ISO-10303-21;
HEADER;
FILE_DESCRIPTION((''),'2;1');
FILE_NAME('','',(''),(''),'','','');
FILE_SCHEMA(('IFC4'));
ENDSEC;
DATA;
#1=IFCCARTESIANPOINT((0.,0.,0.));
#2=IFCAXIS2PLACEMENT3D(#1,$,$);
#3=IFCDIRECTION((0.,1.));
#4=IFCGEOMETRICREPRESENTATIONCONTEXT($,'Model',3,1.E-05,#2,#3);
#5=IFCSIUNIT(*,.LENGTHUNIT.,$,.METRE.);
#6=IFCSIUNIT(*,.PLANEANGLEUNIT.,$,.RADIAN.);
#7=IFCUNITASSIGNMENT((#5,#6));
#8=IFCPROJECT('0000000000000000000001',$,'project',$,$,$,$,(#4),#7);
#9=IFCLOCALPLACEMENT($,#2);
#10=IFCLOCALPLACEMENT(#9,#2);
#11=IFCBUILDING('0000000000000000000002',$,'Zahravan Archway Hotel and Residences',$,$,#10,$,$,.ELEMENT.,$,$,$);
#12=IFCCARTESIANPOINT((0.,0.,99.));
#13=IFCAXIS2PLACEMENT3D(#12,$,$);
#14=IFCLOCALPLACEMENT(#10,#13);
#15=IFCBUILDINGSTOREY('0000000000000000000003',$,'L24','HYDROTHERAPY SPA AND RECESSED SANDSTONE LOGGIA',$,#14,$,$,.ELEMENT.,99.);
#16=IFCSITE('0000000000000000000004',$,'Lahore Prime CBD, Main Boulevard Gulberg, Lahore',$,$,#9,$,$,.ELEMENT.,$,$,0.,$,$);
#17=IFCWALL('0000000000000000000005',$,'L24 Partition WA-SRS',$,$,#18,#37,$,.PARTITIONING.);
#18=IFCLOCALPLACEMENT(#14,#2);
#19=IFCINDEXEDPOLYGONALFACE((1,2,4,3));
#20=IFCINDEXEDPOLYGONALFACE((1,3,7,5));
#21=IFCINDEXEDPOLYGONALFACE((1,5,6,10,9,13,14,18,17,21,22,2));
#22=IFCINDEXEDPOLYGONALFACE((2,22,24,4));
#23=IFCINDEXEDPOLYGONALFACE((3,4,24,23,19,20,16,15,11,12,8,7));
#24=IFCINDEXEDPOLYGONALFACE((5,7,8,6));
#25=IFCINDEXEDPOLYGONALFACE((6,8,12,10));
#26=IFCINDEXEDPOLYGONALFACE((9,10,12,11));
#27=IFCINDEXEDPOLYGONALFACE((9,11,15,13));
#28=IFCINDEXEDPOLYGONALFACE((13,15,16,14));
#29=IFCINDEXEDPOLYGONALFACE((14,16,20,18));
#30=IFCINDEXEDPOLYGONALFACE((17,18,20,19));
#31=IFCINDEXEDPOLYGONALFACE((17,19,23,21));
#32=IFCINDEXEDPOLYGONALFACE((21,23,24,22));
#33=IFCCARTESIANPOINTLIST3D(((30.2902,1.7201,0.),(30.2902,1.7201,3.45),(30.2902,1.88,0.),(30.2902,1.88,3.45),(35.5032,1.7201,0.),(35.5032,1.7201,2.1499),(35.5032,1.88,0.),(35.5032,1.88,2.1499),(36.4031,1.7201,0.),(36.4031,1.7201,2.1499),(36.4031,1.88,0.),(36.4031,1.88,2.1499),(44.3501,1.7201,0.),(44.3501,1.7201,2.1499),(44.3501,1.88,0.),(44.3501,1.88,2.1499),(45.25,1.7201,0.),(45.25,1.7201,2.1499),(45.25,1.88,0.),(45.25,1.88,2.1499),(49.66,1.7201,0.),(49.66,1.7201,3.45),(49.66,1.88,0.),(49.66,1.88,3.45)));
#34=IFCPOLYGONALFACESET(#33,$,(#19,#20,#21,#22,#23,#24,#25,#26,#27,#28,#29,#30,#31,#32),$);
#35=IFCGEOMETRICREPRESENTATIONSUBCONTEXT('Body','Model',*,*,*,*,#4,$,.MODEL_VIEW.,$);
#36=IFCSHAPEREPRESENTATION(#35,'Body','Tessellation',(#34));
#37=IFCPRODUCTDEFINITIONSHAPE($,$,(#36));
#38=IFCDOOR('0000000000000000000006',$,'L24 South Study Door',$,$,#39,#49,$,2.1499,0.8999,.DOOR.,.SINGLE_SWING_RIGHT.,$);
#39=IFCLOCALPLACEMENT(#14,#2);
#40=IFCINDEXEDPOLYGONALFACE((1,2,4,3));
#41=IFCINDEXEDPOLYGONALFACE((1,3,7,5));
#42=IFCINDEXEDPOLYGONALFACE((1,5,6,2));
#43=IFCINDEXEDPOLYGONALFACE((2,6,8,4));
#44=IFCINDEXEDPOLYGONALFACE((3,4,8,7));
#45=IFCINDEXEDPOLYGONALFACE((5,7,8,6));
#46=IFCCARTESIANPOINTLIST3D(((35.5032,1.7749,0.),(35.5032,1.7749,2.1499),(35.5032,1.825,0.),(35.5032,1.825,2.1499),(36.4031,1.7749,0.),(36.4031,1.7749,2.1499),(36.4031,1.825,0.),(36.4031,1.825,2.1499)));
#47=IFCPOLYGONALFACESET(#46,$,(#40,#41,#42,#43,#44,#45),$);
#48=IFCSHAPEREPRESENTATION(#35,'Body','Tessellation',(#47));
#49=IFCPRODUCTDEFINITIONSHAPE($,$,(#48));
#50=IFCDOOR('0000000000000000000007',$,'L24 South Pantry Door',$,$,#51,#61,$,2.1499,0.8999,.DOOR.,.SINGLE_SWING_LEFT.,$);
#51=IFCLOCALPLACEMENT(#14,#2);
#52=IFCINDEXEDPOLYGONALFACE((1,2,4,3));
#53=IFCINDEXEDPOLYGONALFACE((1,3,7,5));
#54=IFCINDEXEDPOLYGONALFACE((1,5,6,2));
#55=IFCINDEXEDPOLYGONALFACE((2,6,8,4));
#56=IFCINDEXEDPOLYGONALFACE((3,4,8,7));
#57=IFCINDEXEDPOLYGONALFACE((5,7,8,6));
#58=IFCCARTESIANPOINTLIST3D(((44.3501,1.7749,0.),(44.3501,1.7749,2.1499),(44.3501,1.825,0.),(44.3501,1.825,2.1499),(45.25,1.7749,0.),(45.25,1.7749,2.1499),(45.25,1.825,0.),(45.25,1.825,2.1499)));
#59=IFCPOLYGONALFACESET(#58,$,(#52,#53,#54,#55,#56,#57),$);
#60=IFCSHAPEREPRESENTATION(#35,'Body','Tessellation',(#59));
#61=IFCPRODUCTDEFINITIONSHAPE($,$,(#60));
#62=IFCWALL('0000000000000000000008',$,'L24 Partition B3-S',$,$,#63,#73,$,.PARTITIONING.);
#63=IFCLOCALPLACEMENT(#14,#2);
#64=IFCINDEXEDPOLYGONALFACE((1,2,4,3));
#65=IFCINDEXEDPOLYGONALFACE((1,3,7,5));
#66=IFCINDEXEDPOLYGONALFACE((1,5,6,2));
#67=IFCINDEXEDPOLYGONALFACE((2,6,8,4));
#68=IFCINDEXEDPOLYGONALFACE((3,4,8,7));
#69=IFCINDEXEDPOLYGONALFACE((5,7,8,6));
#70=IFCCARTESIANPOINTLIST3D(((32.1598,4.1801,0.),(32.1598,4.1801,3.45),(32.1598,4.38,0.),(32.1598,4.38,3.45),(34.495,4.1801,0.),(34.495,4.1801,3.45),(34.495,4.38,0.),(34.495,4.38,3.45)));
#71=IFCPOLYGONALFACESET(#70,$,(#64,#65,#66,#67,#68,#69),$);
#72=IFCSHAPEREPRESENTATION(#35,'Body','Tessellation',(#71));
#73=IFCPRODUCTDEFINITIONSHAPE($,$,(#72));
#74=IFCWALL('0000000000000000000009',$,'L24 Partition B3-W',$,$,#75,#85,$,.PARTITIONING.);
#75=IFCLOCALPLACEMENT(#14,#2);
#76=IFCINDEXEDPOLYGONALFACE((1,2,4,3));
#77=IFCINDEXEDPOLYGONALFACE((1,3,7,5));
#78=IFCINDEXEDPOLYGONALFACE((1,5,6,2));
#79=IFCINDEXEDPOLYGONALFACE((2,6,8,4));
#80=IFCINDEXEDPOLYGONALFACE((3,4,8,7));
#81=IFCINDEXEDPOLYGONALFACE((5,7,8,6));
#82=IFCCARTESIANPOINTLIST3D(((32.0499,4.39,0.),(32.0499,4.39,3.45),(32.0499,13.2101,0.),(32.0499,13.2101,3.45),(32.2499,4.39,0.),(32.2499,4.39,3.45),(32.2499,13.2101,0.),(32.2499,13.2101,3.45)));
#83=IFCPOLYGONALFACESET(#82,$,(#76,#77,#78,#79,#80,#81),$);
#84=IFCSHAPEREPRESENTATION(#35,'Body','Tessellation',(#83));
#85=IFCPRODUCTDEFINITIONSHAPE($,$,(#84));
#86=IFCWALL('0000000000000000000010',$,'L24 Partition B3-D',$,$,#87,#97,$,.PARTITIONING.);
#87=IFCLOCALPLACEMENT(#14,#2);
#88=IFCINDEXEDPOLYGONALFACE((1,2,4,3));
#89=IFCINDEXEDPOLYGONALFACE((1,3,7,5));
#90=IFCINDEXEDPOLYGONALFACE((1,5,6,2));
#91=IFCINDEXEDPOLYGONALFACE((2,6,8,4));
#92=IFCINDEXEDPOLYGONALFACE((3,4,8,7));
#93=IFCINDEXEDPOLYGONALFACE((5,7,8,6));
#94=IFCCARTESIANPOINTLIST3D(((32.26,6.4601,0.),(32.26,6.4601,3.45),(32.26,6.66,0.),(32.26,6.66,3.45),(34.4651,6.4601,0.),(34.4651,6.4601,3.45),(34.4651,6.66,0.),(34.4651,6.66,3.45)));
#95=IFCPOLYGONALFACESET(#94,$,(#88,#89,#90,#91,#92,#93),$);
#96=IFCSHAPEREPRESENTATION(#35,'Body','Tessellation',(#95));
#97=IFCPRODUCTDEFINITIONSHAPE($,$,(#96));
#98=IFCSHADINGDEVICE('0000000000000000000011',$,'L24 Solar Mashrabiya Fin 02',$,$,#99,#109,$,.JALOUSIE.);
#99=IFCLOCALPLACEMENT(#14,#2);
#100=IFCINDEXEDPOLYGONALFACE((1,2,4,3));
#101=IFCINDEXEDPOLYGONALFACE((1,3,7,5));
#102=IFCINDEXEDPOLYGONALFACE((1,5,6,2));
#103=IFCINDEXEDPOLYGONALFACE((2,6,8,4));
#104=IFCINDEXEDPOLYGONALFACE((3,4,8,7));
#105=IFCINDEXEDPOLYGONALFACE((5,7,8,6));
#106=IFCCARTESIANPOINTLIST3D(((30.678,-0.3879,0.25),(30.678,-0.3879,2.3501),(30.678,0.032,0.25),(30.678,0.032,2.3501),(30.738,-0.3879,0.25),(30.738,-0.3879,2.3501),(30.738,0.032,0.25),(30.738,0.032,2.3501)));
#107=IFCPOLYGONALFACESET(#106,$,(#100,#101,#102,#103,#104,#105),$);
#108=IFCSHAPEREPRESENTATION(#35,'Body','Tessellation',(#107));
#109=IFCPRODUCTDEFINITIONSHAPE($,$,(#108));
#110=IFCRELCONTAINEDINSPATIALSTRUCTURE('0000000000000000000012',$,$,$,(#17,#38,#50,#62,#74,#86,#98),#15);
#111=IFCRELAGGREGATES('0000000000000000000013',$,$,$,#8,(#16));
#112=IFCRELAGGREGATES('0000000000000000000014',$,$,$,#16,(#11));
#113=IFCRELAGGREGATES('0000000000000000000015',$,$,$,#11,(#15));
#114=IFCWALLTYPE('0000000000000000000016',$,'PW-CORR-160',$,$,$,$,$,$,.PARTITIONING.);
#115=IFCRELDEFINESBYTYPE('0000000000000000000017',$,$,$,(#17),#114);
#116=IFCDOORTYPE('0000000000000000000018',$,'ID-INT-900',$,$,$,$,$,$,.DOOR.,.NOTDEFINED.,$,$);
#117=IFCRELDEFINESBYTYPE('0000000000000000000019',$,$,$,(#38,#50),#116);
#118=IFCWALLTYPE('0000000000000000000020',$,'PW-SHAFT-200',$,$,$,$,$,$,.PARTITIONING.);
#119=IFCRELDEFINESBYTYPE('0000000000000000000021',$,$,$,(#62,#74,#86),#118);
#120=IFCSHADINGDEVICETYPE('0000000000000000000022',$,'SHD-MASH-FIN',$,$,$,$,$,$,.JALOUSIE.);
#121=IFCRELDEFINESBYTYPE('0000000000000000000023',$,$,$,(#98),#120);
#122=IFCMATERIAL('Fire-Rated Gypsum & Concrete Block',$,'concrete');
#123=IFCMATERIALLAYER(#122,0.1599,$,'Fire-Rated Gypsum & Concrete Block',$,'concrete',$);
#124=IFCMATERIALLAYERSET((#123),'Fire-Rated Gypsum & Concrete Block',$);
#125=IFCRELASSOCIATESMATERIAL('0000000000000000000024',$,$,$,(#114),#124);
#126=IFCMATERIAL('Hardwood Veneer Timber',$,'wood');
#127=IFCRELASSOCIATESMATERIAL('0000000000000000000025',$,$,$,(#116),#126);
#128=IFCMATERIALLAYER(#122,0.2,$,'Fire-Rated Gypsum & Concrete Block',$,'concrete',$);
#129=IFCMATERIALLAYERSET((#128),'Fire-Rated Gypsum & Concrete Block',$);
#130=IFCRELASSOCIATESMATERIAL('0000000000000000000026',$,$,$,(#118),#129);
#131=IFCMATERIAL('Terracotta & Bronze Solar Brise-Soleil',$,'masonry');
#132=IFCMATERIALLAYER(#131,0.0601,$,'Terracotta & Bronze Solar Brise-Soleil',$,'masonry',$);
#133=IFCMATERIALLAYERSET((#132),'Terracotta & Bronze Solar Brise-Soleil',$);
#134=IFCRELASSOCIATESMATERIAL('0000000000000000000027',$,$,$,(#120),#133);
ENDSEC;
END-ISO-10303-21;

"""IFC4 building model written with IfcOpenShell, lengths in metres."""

from ifc_helpers import new_model, si_unit, direction, frame, frame_2d, origin, origin_2d, place, context, subcontext, project, spatial, rectangle, extrude, source, transform, mapped, material, layer, layer_set, type_object, type_shapes, element, fill, save


model = new_model("IFC4")

# Units and contexts
model_context = context("Model", 3, precision=1e-05, world=origin(), true_north=direction((0.0, 1.0)))
body_context = subcontext(model_context, "Body", "Model", "MODEL_VIEW")
ifc_project = project(units=[si_unit("LENGTHUNIT", "METRE"), si_unit("PLANEANGLEUNIT", "RADIAN")], contexts=[model_context])

# Site, building, storey
site_placement = place(None, origin())
site = spatial("IfcSite", under=ifc_project, at=site_placement, Name="Lahore Prime CBD, Main Boulevard Gulberg, Lahore", CompositionType="ELEMENT", RefElevation=0.0)
building_placement = place(site_placement, origin())
building = spatial("IfcBuilding", under=site, at=building_placement, Name="Zahravan Archway Hotel and Residences", CompositionType="ELEMENT")
storey_placement = place(building_placement, frame((0.0, 0.0, 99.0)))
storey = spatial("IfcBuildingStorey", under=building, at=storey_placement, Name="L24", Description="HYDROTHERAPY SPA AND RECESSED SANDSTONE LOGGIA", CompositionType="ELEMENT", Elevation=99.0)

# Shared definitions
ifc_material_1 = material(Name="Fire-Rated Gypsum & Concrete Block", Category="concrete")
ifc_layer_1 = layer(ifc_material_1, 0.1599, Name="Fire-Rated Gypsum & Concrete Block", Category="concrete")
ifc_layer_set_1 = layer_set([ifc_layer_1], Name="Fire-Rated Gypsum & Concrete Block")
wall_type_1 = type_object("IfcWallType", Name="PW-CORR-160", PredefinedType="PARTITIONING", material=ifc_layer_set_1)

# Wall, openings, doors
wall_1_placement = place(storey_placement, frame((30.29, 1.8, 0.0), z_axis=(0.0, 0.0, 1.0), x_axis=(1.0, 0.0, 0.0)))
wall_1 = element("IfcWall", 1, at=wall_1_placement, inside=storey, type_object=wall_type_1, Name="L24 Partition WA-SRS", PredefinedType="PARTITIONING", context=body_context, shape_type="SweptSolid", body=[
    extrude(rectangle(XDim=19.3699, YDim=0.1599, at=frame_2d((9.6851, 0.0))), origin(), (0.0, 0.0, 1.0), 3.45),
])
opening_1_placement = place(wall_1_placement, frame((5.2131, 0.0, 0.0)))
opening_1 = element("IfcOpeningElement", 2, at=opening_1_placement, cuts=wall_1, PredefinedType="OPENING", context=body_context, shape_type="SweptSolid", body=[
    extrude(rectangle(XDim=0.8999, YDim=2.1499, at=frame_2d((0.45, 1.075))), frame((0.0, 0.0898, 0.0), z_axis=(0.0, -1.0, 0.0), x_axis=(1.0, 0.0, 0.0)), (0.0, 0.0, 1.0), 0.1799),
])
opening_2_placement = place(wall_1_placement, frame((14.0601, 0.0, 0.0)))
opening_2 = element("IfcOpeningElement", 3, at=opening_2_placement, cuts=wall_1, PredefinedType="OPENING", context=body_context, shape_type="SweptSolid", body=[
    extrude(rectangle(XDim=0.8999, YDim=2.1499, at=frame_2d((0.45, 1.075))), frame((0.0, 0.0898, 0.0), z_axis=(0.0, -1.0, 0.0), x_axis=(1.0, 0.0, 0.0)), (0.0, 0.0, 1.0), 0.1799),
])
ifc_material_2 = material(Name="Hardwood Veneer Timber", Category="wood")
door_type_1 = type_object("IfcDoorType", Name="ID-INT-900", OperationType="NOTDEFINED", PredefinedType="DOOR", material=ifc_material_2)
shared_shape_1 = source(origin(), body_context, "Body", "SweptSolid", [
    extrude(rectangle(XDim=0.8999, YDim=2.1499, at=frame_2d((0.45, 1.075))), frame((0.0, 0.0249, 0.0), z_axis=(0.0, -1.0, 0.0), x_axis=(1.0, 0.0, 0.0)), (0.0, 0.0, 1.0), 0.05),
])
type_shapes(door_type_1, [shared_shape_1])
door_1_placement = place(opening_1_placement, origin())
door_1 = element("IfcDoor", 4, at=door_1_placement, inside=storey, type_object=door_type_1, Name="L24 South Study Door", OperationType="SINGLE_SWING_RIGHT", OverallHeight=2.1499, OverallWidth=0.8999, PredefinedType="DOOR", context=body_context, shape_type="MappedRepresentation", body=[
    mapped(shared_shape_1, transform((0.0, 0.0, 0.0), scale=1.0)),
])
fill(opening_1, door_1)
door_2_placement = place(opening_2_placement, origin())
door_2 = element("IfcDoor", 5, at=door_2_placement, inside=storey, type_object=door_type_1, Name="L24 South Pantry Door", OperationType="SINGLE_SWING_LEFT", OverallHeight=2.1499, OverallWidth=0.8999, PredefinedType="DOOR", context=body_context, shape_type="MappedRepresentation", body=[
    mapped(shared_shape_1, transform((0.0, 0.0, 0.0), scale=1.0)),
])
fill(opening_2, door_2)

# Walls
ifc_layer_2 = layer(ifc_material_1, 0.2, Name="Fire-Rated Gypsum & Concrete Block", Category="concrete")
ifc_layer_set_2 = layer_set([ifc_layer_2], Name="Fire-Rated Gypsum & Concrete Block")
wall_type_2 = type_object("IfcWallType", Name="PW-SHAFT-200", PredefinedType="PARTITIONING", material=ifc_layer_set_2)
wall_2_placement = place(storey_placement, frame((32.1599, 4.28, 0.0), z_axis=(0.0, 0.0, 1.0), x_axis=(1.0, 0.0, 0.0)))
element("IfcWall", 6, at=wall_2_placement, inside=storey, type_object=wall_type_2, Name="L24 Partition B3-S", PredefinedType="PARTITIONING", context=body_context, shape_type="SweptSolid", body=[
    extrude(rectangle(XDim=2.3352, YDim=0.2, at=frame_2d((1.1675, 0.0))), origin(), (0.0, 0.0, 1.0), 3.45),
])
wall_3_placement = place(storey_placement, frame((32.1499, 4.3899, 0.0), z_axis=(0.0, 0.0, 1.0), x_axis=(0.0, 1.0, 0.0)))
element("IfcWall", 7, at=wall_3_placement, inside=storey, type_object=wall_type_2, Name="L24 Partition B3-W", PredefinedType="PARTITIONING", context=body_context, shape_type="SweptSolid", body=[
    extrude(rectangle(XDim=8.8201, YDim=0.2, at=frame_2d((4.4102, 0.0))), origin(), (0.0, 0.0, 1.0), 3.45),
])
wall_4_placement = place(storey_placement, frame((32.26, 6.5601, 0.0), z_axis=(0.0, 0.0, 1.0), x_axis=(1.0, 0.0, 0.0)))
element("IfcWall", 8, at=wall_4_placement, inside=storey, type_object=wall_type_2, Name="L24 Partition B3-D", PredefinedType="PARTITIONING", context=body_context, shape_type="SweptSolid", body=[
    extrude(rectangle(XDim=2.2051, YDim=0.2, at=frame_2d((1.1025, 0.0))), origin(), (0.0, 0.0, 1.0), 3.45),
])

# Shading device
ifc_material_3 = material(Name="Terracotta & Bronze Solar Brise-Soleil", Category="masonry")
ifc_layer_3 = layer(ifc_material_3, 0.0601, Name="Terracotta & Bronze Solar Brise-Soleil", Category="masonry")
ifc_layer_set_3 = layer_set([ifc_layer_3], Name="Terracotta & Bronze Solar Brise-Soleil")
shading_device_type = type_object("IfcShadingDeviceType", Name="SHD-MASH-FIN", PredefinedType="JALOUSIE", material=ifc_layer_set_3)
shared_shape_2 = source(origin(), body_context, "Body", "SweptSolid", [
    extrude(rectangle(XDim=0.0601, YDim=0.4199, at=origin_2d()), origin(), (0.0, 0.0, 1.0), 2.1001),
])
type_shapes(shading_device_type, [shared_shape_2])
shading_device_placement = place(storey_placement, frame((30.708, -0.178, 0.25), z_axis=(0.0, 0.0, 1.0), x_axis=(1.0, 0.0, 0.0)))
element("IfcShadingDevice", 9, at=shading_device_placement, inside=storey, type_object=shading_device_type, Name="L24 Solar Mashrabiya Fin 02", PredefinedType="JALOUSIE", context=body_context, shape_type="MappedRepresentation", body=[
    mapped(shared_shape_2, transform((0.0, 0.0, 0.0), scale=1.0)),
])

save(model, "model.ifc")
